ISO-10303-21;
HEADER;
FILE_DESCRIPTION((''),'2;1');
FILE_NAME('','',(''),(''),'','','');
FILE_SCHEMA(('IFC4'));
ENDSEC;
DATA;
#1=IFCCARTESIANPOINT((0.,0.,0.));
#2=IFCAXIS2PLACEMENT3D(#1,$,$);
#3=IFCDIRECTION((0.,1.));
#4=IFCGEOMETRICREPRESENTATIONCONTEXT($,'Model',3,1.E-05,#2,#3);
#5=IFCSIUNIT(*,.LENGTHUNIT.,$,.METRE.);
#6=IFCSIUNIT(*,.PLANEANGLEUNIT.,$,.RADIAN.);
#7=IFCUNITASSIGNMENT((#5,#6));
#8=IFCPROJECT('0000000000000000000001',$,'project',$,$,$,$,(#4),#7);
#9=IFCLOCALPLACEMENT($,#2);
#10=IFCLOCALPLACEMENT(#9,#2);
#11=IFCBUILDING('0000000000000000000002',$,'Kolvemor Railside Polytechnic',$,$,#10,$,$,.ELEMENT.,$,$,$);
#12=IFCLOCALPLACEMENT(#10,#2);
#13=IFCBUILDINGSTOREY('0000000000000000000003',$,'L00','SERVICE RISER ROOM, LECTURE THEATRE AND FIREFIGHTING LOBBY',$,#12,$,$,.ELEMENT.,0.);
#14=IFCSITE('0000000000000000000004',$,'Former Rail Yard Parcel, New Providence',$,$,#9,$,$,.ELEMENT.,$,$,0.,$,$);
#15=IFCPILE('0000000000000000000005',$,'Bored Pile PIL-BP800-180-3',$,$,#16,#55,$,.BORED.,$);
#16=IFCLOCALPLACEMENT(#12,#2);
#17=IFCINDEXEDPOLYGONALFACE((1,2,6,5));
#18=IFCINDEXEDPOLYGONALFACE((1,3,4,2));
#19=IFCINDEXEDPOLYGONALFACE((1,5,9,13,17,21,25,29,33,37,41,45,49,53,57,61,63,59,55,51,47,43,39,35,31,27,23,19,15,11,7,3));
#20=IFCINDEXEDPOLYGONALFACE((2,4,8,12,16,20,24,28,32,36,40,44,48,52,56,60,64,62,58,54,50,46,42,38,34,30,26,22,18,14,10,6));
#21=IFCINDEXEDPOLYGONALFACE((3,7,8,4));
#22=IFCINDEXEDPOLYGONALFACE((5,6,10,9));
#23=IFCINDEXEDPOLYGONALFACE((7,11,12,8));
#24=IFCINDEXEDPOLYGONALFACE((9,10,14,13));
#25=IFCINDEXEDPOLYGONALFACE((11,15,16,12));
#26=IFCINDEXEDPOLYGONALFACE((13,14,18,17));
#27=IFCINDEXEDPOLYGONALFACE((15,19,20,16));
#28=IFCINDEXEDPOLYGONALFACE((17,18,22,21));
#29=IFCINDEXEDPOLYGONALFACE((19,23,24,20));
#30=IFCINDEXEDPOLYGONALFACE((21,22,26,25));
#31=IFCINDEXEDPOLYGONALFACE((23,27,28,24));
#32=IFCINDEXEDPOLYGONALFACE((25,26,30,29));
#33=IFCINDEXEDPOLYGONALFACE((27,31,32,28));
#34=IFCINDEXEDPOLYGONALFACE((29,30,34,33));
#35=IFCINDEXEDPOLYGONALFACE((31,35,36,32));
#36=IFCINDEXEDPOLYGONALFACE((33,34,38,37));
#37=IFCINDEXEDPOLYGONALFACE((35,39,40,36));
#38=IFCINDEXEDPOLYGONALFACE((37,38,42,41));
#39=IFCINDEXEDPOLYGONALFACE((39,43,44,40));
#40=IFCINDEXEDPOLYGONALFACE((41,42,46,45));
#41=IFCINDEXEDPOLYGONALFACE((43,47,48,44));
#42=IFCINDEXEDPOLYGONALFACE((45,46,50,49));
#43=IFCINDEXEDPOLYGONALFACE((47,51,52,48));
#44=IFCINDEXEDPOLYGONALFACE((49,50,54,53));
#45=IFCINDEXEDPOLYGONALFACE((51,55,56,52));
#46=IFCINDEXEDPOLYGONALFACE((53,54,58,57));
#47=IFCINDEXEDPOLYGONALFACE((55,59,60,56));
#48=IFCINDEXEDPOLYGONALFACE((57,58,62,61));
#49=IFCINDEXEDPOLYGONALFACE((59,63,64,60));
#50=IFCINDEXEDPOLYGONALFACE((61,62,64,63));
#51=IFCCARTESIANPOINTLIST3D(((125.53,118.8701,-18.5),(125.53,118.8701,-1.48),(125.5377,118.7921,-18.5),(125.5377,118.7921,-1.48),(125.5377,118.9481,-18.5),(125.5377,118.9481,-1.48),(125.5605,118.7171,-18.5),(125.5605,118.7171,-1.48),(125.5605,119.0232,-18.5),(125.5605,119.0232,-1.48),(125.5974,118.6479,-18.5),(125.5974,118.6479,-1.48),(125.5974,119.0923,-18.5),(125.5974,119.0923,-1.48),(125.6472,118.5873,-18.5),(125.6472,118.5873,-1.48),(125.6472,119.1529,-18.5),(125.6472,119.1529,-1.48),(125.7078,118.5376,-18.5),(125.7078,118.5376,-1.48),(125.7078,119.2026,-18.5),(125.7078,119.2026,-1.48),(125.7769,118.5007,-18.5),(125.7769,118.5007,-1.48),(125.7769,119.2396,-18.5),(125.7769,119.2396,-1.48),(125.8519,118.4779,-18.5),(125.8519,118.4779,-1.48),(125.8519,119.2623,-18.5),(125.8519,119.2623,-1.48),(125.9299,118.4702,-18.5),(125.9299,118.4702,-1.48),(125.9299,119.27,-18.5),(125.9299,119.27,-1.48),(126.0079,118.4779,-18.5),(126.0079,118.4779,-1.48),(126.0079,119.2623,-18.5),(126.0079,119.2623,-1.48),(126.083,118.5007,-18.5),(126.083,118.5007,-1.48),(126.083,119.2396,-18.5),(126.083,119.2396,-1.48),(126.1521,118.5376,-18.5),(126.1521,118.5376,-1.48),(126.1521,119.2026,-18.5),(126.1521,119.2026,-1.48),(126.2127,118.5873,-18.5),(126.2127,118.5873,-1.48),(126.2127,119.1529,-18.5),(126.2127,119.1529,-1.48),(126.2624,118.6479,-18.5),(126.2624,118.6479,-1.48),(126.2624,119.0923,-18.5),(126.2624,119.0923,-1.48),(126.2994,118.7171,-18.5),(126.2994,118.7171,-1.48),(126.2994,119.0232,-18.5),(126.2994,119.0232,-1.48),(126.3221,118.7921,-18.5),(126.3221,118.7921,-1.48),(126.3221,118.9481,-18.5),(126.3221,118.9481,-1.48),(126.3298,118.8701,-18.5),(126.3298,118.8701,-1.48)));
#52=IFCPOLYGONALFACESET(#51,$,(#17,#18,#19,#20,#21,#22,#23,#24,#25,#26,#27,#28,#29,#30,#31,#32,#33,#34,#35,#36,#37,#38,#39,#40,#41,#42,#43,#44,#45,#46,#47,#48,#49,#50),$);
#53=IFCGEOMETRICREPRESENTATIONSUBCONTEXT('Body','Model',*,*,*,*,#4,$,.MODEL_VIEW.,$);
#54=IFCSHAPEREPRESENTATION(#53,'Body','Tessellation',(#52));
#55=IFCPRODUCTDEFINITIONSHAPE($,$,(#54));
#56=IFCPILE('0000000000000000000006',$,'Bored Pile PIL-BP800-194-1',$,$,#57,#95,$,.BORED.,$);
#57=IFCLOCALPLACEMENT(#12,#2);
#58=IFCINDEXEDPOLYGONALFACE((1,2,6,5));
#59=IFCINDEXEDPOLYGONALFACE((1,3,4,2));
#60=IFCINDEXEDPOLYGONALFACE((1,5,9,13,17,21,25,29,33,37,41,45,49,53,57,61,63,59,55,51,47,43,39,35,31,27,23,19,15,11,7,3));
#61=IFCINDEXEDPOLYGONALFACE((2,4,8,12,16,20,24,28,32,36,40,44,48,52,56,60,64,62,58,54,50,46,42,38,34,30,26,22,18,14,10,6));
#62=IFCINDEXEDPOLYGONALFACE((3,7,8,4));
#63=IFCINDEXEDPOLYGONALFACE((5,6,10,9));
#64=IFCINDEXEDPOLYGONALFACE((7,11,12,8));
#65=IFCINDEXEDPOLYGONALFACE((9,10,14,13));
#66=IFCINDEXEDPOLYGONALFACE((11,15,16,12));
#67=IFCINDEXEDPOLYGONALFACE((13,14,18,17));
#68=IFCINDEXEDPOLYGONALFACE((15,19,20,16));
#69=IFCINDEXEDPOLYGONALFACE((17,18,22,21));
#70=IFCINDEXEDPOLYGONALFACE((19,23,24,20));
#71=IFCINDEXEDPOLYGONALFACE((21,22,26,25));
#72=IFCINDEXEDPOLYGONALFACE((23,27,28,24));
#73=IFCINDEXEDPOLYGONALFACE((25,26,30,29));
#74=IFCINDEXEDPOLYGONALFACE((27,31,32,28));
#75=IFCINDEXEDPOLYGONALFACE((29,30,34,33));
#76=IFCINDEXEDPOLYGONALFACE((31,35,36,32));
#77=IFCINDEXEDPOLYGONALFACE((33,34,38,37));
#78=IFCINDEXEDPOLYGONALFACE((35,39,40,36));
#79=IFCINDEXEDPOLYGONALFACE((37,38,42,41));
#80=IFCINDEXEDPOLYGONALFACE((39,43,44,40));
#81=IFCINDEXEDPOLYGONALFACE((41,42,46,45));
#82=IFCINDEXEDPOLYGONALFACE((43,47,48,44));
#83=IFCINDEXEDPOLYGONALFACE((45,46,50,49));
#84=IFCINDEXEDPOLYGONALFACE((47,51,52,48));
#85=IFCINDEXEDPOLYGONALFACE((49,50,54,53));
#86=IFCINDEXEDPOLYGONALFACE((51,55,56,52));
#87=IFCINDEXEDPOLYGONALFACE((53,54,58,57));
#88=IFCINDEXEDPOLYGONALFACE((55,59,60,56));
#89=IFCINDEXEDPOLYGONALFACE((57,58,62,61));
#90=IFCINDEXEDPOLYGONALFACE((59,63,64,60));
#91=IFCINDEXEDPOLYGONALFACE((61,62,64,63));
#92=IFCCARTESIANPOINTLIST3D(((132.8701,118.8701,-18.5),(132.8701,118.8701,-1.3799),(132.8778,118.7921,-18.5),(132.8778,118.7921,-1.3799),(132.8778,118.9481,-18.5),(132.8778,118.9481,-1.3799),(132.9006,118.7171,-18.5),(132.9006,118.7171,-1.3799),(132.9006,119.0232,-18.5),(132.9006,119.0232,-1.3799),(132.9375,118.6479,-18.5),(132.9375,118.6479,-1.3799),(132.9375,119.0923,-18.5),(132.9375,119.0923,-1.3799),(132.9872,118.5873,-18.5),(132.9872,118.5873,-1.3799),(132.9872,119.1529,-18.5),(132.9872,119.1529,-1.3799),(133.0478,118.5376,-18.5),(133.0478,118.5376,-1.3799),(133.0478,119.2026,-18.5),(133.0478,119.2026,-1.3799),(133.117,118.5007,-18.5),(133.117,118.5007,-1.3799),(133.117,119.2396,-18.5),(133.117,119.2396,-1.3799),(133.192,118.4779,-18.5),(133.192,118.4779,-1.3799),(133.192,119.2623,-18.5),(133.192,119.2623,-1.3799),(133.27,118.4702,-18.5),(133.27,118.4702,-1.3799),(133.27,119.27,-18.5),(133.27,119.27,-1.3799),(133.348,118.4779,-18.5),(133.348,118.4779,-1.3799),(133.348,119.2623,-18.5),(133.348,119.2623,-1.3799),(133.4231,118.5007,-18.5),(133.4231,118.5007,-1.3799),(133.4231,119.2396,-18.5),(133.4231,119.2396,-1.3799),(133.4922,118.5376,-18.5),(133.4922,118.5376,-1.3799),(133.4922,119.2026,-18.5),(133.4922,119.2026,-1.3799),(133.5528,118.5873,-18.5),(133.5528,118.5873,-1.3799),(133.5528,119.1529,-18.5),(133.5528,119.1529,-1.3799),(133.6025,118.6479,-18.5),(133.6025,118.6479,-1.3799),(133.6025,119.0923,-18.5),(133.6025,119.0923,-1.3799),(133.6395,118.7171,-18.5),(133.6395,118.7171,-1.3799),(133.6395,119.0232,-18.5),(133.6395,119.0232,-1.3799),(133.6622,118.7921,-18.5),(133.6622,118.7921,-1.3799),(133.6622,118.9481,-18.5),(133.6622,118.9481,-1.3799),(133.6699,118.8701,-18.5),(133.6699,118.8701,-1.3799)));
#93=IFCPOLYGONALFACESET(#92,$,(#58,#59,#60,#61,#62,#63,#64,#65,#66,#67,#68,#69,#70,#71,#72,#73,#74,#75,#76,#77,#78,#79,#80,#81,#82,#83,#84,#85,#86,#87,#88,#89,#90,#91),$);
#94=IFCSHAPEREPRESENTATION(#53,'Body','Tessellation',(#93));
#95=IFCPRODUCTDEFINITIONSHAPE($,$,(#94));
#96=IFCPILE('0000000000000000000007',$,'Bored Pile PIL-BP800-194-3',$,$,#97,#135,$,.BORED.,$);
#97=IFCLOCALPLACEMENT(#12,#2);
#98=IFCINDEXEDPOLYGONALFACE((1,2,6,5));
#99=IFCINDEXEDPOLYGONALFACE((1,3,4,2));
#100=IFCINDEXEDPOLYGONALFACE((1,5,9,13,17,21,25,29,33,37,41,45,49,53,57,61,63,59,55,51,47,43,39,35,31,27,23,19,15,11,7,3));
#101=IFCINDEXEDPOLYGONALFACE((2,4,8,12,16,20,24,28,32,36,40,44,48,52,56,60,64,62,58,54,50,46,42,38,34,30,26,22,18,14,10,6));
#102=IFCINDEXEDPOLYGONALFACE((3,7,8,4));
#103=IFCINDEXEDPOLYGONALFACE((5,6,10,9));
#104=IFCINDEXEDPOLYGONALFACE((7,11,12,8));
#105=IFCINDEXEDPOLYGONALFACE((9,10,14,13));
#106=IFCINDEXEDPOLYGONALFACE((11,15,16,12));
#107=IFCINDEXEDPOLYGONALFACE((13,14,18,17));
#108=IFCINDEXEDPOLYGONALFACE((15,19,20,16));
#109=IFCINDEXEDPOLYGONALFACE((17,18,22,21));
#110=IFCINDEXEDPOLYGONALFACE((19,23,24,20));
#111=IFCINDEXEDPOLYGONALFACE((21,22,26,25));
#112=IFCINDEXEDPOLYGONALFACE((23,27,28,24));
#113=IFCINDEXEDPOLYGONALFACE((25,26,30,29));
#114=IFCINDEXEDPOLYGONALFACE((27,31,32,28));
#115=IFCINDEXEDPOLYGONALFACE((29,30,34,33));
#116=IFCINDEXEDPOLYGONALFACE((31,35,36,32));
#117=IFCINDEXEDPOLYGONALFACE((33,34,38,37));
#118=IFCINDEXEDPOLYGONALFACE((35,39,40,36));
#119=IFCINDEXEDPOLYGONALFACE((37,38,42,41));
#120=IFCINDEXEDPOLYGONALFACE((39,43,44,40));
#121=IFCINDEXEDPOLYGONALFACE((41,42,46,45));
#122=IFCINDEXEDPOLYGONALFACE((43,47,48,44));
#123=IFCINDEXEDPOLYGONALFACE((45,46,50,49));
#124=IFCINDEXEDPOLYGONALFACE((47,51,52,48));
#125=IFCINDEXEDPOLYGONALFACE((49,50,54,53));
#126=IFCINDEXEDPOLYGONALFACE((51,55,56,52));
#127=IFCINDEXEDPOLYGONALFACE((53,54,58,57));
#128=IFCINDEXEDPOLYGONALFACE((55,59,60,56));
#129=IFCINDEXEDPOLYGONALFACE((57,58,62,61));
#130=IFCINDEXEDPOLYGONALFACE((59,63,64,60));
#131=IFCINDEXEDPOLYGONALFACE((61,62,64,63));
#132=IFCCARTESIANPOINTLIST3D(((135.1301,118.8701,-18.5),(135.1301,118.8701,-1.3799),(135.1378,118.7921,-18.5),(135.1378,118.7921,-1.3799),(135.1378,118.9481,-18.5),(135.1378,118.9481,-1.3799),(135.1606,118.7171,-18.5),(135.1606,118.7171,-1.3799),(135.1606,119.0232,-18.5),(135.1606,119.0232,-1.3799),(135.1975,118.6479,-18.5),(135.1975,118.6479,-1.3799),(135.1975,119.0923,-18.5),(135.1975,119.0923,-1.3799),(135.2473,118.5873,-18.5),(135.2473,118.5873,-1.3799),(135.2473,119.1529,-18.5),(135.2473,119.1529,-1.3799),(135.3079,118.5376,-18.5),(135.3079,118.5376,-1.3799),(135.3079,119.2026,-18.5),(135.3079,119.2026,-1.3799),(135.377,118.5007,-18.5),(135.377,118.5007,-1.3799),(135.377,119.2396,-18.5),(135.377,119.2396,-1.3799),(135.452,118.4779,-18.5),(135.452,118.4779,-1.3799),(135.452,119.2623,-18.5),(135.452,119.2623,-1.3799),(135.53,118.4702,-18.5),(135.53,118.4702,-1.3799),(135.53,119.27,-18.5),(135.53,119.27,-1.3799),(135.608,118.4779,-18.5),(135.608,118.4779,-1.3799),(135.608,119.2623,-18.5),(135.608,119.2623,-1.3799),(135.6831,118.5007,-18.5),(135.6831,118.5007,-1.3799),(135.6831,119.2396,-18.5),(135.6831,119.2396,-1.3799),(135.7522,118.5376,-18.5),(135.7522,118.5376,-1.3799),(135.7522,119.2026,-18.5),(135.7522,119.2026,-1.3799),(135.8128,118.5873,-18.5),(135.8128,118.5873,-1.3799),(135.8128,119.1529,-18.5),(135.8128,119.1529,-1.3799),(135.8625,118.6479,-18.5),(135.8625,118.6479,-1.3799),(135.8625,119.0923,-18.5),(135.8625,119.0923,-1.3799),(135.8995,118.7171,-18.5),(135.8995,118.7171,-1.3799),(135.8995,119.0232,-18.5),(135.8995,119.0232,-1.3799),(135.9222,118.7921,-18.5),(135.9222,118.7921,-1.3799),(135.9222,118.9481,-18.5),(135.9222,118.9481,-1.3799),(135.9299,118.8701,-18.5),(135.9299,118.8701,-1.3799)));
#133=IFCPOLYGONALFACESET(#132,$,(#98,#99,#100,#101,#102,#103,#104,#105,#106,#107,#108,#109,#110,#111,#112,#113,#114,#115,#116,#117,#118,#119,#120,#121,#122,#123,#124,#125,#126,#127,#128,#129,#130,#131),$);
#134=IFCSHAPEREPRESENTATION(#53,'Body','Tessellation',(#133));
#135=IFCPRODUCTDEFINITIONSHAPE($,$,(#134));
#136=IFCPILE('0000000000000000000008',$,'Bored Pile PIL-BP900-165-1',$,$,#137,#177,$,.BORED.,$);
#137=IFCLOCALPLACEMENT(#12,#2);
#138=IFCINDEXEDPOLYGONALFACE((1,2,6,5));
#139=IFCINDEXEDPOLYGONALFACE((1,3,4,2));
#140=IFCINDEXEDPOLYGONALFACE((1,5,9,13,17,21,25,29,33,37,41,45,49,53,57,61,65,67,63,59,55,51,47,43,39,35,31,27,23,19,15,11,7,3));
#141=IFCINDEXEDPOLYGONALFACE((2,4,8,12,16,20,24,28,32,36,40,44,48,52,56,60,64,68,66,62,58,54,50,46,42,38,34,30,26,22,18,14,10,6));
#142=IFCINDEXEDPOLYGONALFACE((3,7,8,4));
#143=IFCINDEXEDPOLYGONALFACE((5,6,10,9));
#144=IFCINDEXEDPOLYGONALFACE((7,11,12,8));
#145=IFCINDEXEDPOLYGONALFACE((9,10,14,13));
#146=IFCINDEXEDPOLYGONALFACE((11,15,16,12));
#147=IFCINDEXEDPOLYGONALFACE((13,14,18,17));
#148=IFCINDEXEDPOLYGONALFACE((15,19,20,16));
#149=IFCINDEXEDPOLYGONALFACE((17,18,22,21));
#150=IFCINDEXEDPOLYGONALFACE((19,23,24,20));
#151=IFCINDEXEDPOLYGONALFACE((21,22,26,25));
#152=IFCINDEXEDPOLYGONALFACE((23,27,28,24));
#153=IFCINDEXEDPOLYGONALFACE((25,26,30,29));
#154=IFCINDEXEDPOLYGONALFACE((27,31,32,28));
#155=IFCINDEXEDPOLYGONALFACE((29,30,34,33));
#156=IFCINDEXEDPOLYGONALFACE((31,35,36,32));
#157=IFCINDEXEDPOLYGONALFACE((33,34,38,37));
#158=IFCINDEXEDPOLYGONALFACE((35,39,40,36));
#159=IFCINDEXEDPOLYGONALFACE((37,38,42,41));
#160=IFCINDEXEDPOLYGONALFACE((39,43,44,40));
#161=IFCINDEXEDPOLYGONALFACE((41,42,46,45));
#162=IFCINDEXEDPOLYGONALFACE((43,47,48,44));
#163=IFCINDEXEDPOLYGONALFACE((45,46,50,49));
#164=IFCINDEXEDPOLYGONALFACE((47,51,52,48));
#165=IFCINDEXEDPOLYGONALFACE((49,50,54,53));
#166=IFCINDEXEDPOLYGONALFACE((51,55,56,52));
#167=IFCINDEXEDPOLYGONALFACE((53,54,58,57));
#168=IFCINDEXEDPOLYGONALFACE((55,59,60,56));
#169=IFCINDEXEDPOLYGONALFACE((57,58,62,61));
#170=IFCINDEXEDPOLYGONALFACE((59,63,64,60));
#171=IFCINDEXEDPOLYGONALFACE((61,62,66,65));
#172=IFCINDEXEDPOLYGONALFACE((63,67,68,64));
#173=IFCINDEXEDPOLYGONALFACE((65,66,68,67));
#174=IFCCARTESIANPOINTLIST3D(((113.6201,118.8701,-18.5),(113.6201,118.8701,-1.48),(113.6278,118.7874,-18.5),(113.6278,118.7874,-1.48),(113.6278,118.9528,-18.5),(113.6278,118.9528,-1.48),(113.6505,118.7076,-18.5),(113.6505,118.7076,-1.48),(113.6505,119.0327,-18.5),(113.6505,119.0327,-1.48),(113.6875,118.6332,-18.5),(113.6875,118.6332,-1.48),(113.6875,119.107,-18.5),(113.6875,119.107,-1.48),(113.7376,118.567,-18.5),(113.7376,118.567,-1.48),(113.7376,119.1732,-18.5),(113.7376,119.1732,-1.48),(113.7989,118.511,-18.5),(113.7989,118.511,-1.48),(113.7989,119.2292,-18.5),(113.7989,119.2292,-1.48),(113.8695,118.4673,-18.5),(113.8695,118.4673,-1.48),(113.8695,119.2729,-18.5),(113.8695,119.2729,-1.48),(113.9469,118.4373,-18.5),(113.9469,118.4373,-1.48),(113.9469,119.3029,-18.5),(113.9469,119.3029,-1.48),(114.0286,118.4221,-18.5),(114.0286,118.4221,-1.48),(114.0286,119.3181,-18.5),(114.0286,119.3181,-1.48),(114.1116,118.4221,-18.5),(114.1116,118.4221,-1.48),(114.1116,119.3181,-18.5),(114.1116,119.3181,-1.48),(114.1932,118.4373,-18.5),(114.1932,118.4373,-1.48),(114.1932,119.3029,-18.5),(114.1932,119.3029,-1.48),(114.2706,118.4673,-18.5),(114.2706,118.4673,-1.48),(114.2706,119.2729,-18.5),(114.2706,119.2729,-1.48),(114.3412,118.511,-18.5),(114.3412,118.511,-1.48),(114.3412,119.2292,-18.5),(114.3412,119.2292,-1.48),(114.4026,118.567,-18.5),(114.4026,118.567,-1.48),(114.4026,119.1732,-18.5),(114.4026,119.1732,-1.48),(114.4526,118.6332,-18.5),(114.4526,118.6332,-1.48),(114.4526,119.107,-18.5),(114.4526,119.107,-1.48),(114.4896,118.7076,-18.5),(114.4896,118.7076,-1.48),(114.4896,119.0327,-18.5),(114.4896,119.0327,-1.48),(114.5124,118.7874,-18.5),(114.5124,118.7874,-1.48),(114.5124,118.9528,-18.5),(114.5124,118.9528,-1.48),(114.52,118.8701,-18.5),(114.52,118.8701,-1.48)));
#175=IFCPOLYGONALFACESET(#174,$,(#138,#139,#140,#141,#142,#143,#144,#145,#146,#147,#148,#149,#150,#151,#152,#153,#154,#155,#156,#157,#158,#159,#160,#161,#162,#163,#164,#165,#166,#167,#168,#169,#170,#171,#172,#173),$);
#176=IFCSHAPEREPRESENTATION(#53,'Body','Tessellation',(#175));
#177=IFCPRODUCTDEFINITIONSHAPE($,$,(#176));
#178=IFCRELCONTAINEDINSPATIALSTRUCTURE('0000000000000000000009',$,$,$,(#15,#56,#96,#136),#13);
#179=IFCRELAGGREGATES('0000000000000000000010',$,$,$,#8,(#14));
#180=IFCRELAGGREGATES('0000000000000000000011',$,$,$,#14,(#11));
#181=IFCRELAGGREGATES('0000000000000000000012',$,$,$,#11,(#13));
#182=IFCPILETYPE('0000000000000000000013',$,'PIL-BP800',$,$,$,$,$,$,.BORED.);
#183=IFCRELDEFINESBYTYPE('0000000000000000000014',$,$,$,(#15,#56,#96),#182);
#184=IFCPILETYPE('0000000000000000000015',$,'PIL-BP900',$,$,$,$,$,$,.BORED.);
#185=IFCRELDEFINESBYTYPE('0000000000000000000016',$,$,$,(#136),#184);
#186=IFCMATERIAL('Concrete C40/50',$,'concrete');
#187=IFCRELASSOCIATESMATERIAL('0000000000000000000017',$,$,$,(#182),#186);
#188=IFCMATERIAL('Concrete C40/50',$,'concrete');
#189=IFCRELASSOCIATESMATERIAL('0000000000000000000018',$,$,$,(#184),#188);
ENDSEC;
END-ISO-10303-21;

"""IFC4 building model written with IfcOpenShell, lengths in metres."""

from ifc_helpers import new_model, si_unit, direction, frame, origin, origin_2d, place, context, subcontext, project, spatial, circle, extrude, material, material_profile, profile_set, type_object, element, save


model = new_model("IFC4")

# Units and contexts
model_context = context("Model", 3, precision=1e-05, world=origin(), true_north=direction((0.0, 1.0)))
body_context = subcontext(model_context, "Body", "Model", "MODEL_VIEW")
ifc_project = project(units=[si_unit("LENGTHUNIT", "METRE"), si_unit("PLANEANGLEUNIT", "RADIAN")], contexts=[model_context])

# Site, building, storey
site_placement = place(None, origin())
site = spatial("IfcSite", under=ifc_project, at=site_placement, Name="Former Rail Yard Parcel, New Providence", CompositionType="ELEMENT", RefElevation=0.0)
building_placement = place(site_placement, origin())
building = spatial("IfcBuilding", under=site, at=building_placement, Name="Kolvemor Railside Polytechnic", CompositionType="ELEMENT")
storey_placement = place(building_placement, origin())
storey = spatial("IfcBuildingStorey", under=building, at=storey_placement, Name="L00", Description="SERVICE RISER ROOM, LECTURE THEATRE AND FIREFIGHTING LOBBY", CompositionType="ELEMENT", Elevation=0.0)

# Piles
ifc_material_1 = material(Name="Concrete C40/50", Category="concrete")
ifc_material_profile_1 = material_profile(ifc_material_1, circle(Radius=0.3999, at=origin_2d()), Name="BP800")
ifc_profile_set_1 = profile_set([ifc_material_profile_1], Name="Concrete C40/50")
pile_type_1 = type_object("IfcPileType", Name="PIL-BP800", PredefinedType="BORED", material=ifc_profile_set_1)
for number, where, z_axis, x_axis, name in (
    (1, (125.9299, 118.8701, -1.48), (0.0, 0.0, -1.0), (1.0, 0.0, 0.0), "Bored Pile PIL-BP800-180-3"),
):
    element("IfcPile", number, at=place(storey_placement, frame(where, z_axis=z_axis, x_axis=x_axis)), inside=storey, type_object=pile_type_1, Name=name, PredefinedType="BORED", context=body_context, shape_type="SweptSolid", body=[
        extrude(circle(Radius=0.3999, at=origin_2d()), origin(), (0.0, 0.0, 1.0), 17.02),
    ])
for number, where, z_axis, x_axis, name in (
    (2, (133.27, 118.8701, -1.3799), (0.0, 0.0, -1.0), (1.0, 0.0, 0.0), "Bored Pile PIL-BP800-194-1"),
    (3, (135.53, 118.8701, -1.3799), (0.0, 0.0, -1.0), (1.0, 0.0, 0.0), "Bored Pile PIL-BP800-194-3"),
):
    element("IfcPile", number, at=place(storey_placement, frame(where, z_axis=z_axis, x_axis=x_axis)), inside=storey, type_object=pile_type_1, Name=name, PredefinedType="BORED", context=body_context, shape_type="SweptSolid", body=[
        extrude(circle(Radius=0.3999, at=origin_2d()), origin(), (0.0, 0.0, 1.0), 17.1201),
    ])
ifc_material_2 = material(Name="Concrete C40/50", Category="concrete")
ifc_material_profile_2 = material_profile(ifc_material_2, circle(Radius=0.45, at=origin_2d()), Name="BP900")
ifc_profile_set_2 = profile_set([ifc_material_profile_2], Name="Concrete C40/50")
pile_type_2 = type_object("IfcPileType", Name="PIL-BP900", PredefinedType="BORED", material=ifc_profile_set_2)
for number, where, z_axis, x_axis, name in (
    (4, (114.0701, 118.8701, -1.48), (0.0, 0.0, -1.0), (1.0, 0.0, 0.0), "Bored Pile PIL-BP900-165-1"),
):
    element("IfcPile", number, at=place(storey_placement, frame(where, z_axis=z_axis, x_axis=x_axis)), inside=storey, type_object=pile_type_2, Name=name, PredefinedType="BORED", context=body_context, shape_type="SweptSolid", body=[
        extrude(circle(Radius=0.45, at=origin_2d()), origin(), (0.0, 0.0, 1.0), 17.02),
    ])

save(model, "model.ifc")
